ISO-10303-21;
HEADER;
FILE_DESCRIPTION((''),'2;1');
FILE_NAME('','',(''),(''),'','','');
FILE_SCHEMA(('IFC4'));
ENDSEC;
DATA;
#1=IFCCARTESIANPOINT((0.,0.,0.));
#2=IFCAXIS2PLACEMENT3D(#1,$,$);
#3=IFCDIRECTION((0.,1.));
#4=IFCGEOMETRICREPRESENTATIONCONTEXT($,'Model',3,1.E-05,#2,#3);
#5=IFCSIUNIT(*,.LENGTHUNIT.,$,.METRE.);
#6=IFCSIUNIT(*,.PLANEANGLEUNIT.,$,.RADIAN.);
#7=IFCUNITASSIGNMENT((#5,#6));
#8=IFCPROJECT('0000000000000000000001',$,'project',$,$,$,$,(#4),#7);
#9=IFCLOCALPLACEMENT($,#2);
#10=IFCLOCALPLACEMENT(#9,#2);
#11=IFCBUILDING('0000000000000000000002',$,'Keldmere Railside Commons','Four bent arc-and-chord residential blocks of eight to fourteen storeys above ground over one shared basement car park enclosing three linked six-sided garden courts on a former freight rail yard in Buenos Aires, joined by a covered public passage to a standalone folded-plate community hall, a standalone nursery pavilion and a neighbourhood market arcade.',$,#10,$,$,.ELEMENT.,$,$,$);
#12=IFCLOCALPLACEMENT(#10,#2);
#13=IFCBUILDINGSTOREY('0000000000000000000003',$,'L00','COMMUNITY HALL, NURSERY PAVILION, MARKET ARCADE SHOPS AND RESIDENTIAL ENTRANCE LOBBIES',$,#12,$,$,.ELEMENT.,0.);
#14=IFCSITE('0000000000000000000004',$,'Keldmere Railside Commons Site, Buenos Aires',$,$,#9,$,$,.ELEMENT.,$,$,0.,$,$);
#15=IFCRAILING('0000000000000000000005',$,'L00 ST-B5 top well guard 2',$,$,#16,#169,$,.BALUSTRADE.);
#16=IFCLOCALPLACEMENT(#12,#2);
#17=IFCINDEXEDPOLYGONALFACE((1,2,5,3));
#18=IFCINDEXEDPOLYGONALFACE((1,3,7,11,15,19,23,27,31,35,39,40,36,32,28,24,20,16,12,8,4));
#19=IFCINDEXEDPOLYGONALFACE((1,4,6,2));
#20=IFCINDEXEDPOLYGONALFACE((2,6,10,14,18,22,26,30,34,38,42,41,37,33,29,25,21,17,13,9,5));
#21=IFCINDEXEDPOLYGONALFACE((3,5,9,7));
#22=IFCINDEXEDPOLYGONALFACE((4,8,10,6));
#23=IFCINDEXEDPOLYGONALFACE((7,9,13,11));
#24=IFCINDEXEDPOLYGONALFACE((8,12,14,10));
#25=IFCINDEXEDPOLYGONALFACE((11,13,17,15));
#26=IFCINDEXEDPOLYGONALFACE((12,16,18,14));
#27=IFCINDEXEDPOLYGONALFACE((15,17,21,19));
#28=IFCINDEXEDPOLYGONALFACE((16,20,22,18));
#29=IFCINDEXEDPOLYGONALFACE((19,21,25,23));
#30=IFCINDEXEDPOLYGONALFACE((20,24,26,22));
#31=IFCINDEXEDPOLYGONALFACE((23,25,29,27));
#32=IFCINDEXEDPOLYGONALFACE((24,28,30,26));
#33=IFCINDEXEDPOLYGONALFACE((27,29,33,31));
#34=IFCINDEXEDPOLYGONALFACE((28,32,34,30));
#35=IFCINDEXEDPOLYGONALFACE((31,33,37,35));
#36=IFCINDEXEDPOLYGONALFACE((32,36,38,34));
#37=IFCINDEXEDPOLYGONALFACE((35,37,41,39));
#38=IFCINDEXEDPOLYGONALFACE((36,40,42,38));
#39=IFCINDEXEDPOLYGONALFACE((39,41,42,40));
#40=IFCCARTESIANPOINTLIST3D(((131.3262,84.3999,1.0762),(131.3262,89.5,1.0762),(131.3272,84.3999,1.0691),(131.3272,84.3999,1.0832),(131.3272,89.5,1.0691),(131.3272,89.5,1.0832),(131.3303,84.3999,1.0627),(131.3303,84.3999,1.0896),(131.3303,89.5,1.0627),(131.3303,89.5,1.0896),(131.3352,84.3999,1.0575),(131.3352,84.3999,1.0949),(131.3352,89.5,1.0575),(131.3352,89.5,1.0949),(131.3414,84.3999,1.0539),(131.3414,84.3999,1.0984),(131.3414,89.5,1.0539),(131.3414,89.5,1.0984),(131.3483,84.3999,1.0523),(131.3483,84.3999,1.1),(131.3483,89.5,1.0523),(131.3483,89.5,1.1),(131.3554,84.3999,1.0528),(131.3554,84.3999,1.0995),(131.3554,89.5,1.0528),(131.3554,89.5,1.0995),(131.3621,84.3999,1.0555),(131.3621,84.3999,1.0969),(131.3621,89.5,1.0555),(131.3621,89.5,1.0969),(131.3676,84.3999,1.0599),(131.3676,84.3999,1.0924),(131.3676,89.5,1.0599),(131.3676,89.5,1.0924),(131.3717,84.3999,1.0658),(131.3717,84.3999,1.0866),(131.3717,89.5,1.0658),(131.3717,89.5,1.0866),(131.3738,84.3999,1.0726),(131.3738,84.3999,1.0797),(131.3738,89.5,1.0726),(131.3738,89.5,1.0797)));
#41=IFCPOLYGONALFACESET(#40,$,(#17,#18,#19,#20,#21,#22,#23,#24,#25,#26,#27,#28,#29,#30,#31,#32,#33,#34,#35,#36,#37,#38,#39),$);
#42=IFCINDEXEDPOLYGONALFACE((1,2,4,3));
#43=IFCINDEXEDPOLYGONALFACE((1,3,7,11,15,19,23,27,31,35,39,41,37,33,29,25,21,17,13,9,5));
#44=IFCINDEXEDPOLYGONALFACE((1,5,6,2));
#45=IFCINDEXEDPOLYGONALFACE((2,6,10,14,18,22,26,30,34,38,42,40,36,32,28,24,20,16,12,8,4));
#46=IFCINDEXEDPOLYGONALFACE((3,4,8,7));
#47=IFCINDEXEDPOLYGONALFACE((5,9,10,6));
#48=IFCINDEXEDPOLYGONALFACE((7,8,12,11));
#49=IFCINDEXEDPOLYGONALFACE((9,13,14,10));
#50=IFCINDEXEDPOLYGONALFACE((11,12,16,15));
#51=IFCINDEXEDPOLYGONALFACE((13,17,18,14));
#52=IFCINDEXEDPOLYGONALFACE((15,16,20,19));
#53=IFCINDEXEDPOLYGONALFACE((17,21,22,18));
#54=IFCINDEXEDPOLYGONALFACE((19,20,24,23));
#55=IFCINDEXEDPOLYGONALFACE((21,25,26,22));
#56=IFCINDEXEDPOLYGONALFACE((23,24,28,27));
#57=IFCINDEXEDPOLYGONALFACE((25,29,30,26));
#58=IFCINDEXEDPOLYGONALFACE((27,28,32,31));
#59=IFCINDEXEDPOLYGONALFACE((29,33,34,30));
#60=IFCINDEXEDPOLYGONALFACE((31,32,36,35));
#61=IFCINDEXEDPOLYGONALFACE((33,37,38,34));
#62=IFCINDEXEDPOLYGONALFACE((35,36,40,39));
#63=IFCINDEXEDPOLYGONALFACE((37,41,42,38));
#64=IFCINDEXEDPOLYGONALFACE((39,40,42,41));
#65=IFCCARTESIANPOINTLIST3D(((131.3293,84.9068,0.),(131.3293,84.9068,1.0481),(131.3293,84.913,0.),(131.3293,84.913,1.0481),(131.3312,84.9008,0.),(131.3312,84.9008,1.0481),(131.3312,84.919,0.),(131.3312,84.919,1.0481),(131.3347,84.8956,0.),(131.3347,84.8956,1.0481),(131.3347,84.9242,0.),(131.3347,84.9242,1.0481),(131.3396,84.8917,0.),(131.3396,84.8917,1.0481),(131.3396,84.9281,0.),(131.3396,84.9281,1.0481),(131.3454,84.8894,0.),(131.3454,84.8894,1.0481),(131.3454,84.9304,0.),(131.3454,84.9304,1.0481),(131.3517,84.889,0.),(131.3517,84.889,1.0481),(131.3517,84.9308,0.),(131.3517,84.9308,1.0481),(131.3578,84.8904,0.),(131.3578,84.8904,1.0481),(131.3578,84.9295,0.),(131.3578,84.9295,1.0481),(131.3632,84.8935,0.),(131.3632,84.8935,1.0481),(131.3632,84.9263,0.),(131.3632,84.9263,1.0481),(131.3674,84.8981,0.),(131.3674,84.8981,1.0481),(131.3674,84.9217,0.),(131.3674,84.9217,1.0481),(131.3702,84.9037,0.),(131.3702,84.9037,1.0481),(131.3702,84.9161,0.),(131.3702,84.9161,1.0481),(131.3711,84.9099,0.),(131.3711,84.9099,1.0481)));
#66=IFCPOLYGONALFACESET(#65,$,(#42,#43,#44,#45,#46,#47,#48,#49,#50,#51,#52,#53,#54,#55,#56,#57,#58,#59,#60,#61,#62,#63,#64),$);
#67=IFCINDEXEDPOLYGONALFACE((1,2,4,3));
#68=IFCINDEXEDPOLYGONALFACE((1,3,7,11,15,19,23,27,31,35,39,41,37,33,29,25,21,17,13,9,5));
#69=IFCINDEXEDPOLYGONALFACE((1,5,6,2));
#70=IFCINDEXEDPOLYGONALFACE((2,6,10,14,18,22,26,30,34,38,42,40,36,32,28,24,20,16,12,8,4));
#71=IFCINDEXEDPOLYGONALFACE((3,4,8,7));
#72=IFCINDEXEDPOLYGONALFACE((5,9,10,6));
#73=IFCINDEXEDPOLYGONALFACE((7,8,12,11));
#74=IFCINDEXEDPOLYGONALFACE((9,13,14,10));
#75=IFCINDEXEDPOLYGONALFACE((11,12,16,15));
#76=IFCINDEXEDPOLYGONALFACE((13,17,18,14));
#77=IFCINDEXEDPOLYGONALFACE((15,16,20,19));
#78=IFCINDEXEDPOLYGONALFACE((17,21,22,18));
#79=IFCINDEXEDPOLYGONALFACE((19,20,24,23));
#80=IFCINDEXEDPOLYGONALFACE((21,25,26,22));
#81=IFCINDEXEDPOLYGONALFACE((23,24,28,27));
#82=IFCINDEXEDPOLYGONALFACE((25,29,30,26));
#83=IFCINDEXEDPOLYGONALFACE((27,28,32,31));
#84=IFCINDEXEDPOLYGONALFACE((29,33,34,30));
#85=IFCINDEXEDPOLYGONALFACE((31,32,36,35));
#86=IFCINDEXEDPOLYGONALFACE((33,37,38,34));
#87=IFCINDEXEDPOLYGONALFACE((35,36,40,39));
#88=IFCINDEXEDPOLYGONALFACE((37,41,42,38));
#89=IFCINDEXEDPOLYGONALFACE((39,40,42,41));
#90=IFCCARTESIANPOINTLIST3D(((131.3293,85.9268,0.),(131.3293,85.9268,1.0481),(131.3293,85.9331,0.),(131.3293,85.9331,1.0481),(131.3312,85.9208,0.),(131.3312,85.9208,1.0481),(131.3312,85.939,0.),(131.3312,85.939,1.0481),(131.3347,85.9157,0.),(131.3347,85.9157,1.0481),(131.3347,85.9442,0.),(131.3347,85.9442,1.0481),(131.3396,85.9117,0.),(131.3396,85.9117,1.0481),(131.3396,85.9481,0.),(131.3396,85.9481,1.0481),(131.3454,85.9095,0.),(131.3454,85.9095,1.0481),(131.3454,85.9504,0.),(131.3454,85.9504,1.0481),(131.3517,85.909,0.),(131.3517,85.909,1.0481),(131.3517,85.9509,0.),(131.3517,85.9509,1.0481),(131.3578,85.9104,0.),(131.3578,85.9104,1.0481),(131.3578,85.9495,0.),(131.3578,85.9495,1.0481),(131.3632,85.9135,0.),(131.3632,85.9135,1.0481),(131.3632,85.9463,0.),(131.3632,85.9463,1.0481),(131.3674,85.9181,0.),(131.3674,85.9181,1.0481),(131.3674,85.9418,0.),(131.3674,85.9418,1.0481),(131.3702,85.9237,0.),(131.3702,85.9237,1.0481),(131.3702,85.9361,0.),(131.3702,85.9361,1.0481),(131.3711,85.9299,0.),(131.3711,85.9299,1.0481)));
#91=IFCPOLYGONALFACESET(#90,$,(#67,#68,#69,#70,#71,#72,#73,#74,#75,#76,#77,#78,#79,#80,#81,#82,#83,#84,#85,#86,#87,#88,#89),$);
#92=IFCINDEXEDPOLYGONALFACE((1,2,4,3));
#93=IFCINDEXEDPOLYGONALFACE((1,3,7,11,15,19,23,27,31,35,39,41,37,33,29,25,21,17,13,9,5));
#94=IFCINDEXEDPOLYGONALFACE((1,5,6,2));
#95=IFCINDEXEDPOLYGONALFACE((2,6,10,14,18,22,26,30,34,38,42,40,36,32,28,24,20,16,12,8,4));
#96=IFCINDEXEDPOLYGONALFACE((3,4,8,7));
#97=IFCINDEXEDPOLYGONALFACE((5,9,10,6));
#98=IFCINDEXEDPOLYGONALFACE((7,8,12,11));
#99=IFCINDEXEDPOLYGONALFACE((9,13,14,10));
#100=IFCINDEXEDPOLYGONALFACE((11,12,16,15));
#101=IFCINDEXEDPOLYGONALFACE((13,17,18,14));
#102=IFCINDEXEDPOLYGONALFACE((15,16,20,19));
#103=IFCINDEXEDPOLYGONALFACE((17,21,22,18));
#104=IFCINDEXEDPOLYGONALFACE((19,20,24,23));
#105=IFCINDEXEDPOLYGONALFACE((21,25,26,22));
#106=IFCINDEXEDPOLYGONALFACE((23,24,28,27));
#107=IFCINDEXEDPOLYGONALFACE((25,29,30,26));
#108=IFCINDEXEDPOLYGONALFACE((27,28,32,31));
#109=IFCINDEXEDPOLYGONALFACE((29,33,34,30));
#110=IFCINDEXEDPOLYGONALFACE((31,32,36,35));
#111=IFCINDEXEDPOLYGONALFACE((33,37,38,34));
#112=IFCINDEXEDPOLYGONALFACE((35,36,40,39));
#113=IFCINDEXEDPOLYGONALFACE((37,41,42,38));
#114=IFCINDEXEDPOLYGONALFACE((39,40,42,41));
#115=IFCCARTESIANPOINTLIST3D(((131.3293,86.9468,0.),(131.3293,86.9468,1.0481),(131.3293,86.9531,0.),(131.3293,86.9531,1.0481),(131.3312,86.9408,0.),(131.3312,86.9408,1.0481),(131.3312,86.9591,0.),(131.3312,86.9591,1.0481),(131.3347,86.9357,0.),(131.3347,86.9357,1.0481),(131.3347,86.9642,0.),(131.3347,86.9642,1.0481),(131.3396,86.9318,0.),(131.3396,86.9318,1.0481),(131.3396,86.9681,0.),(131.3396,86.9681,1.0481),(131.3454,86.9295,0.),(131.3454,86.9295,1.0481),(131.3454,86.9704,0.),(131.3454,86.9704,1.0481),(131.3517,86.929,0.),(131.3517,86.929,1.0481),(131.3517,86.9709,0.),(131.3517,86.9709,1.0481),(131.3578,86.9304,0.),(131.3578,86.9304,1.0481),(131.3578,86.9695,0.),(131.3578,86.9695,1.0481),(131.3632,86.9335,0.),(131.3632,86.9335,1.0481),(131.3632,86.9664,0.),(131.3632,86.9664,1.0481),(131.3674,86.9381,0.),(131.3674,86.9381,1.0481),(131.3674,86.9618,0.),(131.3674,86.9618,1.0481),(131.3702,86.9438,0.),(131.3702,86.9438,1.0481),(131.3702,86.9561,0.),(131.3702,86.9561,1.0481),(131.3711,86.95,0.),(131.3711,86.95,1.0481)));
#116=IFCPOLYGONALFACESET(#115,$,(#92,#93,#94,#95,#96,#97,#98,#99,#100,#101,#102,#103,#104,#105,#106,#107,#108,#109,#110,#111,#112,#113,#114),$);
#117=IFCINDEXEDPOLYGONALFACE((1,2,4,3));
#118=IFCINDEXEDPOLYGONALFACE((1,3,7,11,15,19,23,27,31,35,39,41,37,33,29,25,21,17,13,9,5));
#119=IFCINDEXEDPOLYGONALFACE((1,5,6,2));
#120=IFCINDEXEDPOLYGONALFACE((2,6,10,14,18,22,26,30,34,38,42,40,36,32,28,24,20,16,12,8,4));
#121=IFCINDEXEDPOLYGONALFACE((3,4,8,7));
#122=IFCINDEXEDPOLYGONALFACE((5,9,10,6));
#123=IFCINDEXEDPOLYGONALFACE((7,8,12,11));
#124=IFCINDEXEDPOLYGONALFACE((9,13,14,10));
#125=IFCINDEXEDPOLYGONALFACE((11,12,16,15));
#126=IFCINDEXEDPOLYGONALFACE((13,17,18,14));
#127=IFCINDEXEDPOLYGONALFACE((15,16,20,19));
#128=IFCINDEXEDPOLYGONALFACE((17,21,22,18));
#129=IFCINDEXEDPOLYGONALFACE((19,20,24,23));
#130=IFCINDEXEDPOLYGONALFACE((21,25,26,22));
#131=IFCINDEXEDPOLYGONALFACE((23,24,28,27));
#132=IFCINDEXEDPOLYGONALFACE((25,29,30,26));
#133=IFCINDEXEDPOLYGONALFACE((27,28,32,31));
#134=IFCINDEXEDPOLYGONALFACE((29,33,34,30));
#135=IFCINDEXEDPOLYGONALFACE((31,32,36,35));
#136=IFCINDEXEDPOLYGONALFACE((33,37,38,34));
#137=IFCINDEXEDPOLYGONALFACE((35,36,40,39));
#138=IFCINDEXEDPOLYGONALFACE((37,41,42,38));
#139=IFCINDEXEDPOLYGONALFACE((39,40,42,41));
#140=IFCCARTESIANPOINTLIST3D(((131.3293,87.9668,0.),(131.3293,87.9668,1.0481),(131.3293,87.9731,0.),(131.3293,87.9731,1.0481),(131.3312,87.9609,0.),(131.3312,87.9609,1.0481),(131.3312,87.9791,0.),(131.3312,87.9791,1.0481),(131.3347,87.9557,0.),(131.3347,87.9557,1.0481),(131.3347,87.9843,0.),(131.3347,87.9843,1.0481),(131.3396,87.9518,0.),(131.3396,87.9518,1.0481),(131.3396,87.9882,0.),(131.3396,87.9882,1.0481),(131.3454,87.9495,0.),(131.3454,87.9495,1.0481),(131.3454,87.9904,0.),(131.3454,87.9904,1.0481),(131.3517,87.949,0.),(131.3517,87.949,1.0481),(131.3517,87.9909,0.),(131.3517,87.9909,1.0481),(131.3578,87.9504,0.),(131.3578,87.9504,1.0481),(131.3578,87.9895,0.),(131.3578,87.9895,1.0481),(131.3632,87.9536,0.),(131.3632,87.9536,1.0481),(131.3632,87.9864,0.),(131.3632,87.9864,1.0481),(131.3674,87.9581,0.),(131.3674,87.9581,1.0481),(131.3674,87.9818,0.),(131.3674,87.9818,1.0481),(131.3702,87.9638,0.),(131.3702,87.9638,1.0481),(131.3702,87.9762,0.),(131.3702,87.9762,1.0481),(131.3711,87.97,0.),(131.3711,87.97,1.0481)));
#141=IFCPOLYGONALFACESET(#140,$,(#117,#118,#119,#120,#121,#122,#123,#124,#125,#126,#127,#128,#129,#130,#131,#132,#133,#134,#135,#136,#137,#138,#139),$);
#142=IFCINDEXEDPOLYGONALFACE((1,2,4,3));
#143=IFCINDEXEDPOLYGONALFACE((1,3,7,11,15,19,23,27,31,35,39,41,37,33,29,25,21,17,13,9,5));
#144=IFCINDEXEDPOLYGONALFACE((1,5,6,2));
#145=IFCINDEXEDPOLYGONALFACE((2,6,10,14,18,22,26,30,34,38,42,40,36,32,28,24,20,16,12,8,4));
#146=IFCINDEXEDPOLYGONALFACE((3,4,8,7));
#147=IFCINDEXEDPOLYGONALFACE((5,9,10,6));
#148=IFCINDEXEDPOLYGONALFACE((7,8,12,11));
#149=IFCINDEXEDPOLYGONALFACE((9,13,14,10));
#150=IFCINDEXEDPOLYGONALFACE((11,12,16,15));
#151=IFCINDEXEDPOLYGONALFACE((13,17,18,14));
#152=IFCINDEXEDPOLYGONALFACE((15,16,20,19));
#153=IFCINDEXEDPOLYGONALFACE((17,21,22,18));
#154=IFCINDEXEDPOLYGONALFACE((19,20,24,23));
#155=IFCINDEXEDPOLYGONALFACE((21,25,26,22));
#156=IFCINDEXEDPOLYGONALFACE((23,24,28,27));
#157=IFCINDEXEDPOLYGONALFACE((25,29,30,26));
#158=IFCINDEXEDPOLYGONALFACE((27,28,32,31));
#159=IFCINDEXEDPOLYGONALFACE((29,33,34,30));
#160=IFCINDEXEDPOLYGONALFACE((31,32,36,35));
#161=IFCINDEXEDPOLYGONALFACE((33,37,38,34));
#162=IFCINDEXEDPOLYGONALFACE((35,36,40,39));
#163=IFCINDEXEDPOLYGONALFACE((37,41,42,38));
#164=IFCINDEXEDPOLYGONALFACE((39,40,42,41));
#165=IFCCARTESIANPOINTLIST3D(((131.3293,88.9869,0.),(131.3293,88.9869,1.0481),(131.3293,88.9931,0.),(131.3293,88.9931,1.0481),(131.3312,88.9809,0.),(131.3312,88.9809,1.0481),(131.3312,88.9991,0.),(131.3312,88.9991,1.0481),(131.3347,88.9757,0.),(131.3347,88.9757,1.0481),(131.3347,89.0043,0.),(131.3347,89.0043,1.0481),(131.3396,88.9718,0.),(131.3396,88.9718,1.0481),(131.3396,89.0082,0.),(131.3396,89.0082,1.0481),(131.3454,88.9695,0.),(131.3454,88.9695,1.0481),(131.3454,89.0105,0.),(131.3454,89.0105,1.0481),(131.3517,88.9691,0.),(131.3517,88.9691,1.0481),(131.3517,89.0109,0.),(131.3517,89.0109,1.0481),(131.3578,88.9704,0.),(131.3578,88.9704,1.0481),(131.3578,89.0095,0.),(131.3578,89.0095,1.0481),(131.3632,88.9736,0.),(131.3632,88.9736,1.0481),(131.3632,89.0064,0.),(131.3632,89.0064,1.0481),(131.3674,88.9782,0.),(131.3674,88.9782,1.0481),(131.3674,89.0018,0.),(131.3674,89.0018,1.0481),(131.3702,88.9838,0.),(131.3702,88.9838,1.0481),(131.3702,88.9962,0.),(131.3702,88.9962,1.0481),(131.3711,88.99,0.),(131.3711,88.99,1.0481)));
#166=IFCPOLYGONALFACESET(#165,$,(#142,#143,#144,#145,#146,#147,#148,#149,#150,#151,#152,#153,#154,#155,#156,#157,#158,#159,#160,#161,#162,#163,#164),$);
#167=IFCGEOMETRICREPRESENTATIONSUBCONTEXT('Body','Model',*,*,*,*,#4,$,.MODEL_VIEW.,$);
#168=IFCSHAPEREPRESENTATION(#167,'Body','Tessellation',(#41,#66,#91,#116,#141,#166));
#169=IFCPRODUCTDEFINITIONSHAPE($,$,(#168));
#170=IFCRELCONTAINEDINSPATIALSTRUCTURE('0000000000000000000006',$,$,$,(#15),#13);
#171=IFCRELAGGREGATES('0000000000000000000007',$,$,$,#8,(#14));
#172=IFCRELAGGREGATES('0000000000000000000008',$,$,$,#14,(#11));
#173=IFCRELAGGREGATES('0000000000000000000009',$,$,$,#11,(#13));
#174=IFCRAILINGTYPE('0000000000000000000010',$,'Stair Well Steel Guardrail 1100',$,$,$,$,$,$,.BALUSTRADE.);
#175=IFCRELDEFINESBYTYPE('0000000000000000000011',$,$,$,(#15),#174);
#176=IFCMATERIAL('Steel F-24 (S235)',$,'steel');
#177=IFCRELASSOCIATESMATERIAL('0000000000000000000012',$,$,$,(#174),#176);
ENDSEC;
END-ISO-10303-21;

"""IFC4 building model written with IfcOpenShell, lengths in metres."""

from ifc_helpers import new_model, si_unit, direction, frame, origin, origin_2d, place, context, subcontext, project, spatial, circle, extrude, material, type_object, element, save


model = new_model("IFC4")

# Units and contexts
model_context = context("Model", 3, precision=1e-05, world=origin(), true_north=direction((0.0, 1.0)))
body_context = subcontext(model_context, "Body", "Model", "MODEL_VIEW")
ifc_project = project(units=[si_unit("LENGTHUNIT", "METRE"), si_unit("PLANEANGLEUNIT", "RADIAN")], contexts=[model_context])

# Site, building, storey
site_placement = place(None, origin())
site = spatial("IfcSite", under=ifc_project, at=site_placement, Name="Keldmere Railside Commons Site, Buenos Aires", CompositionType="ELEMENT", RefElevation=0.0)
building_placement = place(site_placement, origin())
building = spatial("IfcBuilding", under=site, at=building_placement, Name="Keldmere Railside Commons", Description="Four bent arc-and-chord residential blocks of eight to fourteen storeys above ground over one shared basement car park enclosing three linked six-sided garden courts on a former freight rail yard in Buenos Aires, joined by a covered public passage to a standalone folded-plate community hall, a standalone nursery pavilion and a neighbourhood market arcade.", CompositionType="ELEMENT")
storey_placement = place(building_placement, origin())
storey = spatial("IfcBuildingStorey", under=building, at=storey_placement, Name="L00", Description="COMMUNITY HALL, NURSERY PAVILION, MARKET ARCADE SHOPS AND RESIDENTIAL ENTRANCE LOBBIES", CompositionType="ELEMENT", Elevation=0.0)

# Shared definitions
ifc_material_1 = material(Name="Steel F-24 (S235)", Category="steel")

# Railing
railing_type = type_object("IfcRailingType", Name="Stair Well Steel Guardrail 1100", PredefinedType="BALUSTRADE", material=ifc_material_1)
railing_1_placement = place(storey_placement, frame((131.3501, 84.3999, 0.0)))
element("IfcRailing", 1, at=railing_1_placement, inside=storey, type_object=railing_type, Name="L00 ST-B5 top well guard 2", PredefinedType="BALUSTRADE", context=body_context, shape_type="SweptSolid", body=[
    extrude(circle(Radius=0.0239, at=origin_2d()), frame((0.0, 0.0, 1.0762), z_axis=(0.0, 1.0, 0.0), x_axis=(-1.0, 0.0, 0.0)), (0.0, 0.0, 1.0), 5.1001),
    extrude(circle(Radius=0.021, at=origin_2d()), frame((0.0, 0.51, 0.0)), (0.0, 0.0, 1.0), 1.0481),
    extrude(circle(Radius=0.021, at=origin_2d()), frame((0.0, 1.53, 0.0)), (0.0, 0.0, 1.0), 1.0481),
    extrude(circle(Radius=0.021, at=origin_2d()), frame((0.0, 2.55, 0.0)), (0.0, 0.0, 1.0), 1.0481),
    extrude(circle(Radius=0.021, at=origin_2d()), frame((0.0, 3.5701, 0.0)), (0.0, 0.0, 1.0), 1.0481),
    extrude(circle(Radius=0.021, at=origin_2d()), frame((0.0, 4.5901, 0.0)), (0.0, 0.0, 1.0), 1.0481),
])

save(model, "model.ifc")
